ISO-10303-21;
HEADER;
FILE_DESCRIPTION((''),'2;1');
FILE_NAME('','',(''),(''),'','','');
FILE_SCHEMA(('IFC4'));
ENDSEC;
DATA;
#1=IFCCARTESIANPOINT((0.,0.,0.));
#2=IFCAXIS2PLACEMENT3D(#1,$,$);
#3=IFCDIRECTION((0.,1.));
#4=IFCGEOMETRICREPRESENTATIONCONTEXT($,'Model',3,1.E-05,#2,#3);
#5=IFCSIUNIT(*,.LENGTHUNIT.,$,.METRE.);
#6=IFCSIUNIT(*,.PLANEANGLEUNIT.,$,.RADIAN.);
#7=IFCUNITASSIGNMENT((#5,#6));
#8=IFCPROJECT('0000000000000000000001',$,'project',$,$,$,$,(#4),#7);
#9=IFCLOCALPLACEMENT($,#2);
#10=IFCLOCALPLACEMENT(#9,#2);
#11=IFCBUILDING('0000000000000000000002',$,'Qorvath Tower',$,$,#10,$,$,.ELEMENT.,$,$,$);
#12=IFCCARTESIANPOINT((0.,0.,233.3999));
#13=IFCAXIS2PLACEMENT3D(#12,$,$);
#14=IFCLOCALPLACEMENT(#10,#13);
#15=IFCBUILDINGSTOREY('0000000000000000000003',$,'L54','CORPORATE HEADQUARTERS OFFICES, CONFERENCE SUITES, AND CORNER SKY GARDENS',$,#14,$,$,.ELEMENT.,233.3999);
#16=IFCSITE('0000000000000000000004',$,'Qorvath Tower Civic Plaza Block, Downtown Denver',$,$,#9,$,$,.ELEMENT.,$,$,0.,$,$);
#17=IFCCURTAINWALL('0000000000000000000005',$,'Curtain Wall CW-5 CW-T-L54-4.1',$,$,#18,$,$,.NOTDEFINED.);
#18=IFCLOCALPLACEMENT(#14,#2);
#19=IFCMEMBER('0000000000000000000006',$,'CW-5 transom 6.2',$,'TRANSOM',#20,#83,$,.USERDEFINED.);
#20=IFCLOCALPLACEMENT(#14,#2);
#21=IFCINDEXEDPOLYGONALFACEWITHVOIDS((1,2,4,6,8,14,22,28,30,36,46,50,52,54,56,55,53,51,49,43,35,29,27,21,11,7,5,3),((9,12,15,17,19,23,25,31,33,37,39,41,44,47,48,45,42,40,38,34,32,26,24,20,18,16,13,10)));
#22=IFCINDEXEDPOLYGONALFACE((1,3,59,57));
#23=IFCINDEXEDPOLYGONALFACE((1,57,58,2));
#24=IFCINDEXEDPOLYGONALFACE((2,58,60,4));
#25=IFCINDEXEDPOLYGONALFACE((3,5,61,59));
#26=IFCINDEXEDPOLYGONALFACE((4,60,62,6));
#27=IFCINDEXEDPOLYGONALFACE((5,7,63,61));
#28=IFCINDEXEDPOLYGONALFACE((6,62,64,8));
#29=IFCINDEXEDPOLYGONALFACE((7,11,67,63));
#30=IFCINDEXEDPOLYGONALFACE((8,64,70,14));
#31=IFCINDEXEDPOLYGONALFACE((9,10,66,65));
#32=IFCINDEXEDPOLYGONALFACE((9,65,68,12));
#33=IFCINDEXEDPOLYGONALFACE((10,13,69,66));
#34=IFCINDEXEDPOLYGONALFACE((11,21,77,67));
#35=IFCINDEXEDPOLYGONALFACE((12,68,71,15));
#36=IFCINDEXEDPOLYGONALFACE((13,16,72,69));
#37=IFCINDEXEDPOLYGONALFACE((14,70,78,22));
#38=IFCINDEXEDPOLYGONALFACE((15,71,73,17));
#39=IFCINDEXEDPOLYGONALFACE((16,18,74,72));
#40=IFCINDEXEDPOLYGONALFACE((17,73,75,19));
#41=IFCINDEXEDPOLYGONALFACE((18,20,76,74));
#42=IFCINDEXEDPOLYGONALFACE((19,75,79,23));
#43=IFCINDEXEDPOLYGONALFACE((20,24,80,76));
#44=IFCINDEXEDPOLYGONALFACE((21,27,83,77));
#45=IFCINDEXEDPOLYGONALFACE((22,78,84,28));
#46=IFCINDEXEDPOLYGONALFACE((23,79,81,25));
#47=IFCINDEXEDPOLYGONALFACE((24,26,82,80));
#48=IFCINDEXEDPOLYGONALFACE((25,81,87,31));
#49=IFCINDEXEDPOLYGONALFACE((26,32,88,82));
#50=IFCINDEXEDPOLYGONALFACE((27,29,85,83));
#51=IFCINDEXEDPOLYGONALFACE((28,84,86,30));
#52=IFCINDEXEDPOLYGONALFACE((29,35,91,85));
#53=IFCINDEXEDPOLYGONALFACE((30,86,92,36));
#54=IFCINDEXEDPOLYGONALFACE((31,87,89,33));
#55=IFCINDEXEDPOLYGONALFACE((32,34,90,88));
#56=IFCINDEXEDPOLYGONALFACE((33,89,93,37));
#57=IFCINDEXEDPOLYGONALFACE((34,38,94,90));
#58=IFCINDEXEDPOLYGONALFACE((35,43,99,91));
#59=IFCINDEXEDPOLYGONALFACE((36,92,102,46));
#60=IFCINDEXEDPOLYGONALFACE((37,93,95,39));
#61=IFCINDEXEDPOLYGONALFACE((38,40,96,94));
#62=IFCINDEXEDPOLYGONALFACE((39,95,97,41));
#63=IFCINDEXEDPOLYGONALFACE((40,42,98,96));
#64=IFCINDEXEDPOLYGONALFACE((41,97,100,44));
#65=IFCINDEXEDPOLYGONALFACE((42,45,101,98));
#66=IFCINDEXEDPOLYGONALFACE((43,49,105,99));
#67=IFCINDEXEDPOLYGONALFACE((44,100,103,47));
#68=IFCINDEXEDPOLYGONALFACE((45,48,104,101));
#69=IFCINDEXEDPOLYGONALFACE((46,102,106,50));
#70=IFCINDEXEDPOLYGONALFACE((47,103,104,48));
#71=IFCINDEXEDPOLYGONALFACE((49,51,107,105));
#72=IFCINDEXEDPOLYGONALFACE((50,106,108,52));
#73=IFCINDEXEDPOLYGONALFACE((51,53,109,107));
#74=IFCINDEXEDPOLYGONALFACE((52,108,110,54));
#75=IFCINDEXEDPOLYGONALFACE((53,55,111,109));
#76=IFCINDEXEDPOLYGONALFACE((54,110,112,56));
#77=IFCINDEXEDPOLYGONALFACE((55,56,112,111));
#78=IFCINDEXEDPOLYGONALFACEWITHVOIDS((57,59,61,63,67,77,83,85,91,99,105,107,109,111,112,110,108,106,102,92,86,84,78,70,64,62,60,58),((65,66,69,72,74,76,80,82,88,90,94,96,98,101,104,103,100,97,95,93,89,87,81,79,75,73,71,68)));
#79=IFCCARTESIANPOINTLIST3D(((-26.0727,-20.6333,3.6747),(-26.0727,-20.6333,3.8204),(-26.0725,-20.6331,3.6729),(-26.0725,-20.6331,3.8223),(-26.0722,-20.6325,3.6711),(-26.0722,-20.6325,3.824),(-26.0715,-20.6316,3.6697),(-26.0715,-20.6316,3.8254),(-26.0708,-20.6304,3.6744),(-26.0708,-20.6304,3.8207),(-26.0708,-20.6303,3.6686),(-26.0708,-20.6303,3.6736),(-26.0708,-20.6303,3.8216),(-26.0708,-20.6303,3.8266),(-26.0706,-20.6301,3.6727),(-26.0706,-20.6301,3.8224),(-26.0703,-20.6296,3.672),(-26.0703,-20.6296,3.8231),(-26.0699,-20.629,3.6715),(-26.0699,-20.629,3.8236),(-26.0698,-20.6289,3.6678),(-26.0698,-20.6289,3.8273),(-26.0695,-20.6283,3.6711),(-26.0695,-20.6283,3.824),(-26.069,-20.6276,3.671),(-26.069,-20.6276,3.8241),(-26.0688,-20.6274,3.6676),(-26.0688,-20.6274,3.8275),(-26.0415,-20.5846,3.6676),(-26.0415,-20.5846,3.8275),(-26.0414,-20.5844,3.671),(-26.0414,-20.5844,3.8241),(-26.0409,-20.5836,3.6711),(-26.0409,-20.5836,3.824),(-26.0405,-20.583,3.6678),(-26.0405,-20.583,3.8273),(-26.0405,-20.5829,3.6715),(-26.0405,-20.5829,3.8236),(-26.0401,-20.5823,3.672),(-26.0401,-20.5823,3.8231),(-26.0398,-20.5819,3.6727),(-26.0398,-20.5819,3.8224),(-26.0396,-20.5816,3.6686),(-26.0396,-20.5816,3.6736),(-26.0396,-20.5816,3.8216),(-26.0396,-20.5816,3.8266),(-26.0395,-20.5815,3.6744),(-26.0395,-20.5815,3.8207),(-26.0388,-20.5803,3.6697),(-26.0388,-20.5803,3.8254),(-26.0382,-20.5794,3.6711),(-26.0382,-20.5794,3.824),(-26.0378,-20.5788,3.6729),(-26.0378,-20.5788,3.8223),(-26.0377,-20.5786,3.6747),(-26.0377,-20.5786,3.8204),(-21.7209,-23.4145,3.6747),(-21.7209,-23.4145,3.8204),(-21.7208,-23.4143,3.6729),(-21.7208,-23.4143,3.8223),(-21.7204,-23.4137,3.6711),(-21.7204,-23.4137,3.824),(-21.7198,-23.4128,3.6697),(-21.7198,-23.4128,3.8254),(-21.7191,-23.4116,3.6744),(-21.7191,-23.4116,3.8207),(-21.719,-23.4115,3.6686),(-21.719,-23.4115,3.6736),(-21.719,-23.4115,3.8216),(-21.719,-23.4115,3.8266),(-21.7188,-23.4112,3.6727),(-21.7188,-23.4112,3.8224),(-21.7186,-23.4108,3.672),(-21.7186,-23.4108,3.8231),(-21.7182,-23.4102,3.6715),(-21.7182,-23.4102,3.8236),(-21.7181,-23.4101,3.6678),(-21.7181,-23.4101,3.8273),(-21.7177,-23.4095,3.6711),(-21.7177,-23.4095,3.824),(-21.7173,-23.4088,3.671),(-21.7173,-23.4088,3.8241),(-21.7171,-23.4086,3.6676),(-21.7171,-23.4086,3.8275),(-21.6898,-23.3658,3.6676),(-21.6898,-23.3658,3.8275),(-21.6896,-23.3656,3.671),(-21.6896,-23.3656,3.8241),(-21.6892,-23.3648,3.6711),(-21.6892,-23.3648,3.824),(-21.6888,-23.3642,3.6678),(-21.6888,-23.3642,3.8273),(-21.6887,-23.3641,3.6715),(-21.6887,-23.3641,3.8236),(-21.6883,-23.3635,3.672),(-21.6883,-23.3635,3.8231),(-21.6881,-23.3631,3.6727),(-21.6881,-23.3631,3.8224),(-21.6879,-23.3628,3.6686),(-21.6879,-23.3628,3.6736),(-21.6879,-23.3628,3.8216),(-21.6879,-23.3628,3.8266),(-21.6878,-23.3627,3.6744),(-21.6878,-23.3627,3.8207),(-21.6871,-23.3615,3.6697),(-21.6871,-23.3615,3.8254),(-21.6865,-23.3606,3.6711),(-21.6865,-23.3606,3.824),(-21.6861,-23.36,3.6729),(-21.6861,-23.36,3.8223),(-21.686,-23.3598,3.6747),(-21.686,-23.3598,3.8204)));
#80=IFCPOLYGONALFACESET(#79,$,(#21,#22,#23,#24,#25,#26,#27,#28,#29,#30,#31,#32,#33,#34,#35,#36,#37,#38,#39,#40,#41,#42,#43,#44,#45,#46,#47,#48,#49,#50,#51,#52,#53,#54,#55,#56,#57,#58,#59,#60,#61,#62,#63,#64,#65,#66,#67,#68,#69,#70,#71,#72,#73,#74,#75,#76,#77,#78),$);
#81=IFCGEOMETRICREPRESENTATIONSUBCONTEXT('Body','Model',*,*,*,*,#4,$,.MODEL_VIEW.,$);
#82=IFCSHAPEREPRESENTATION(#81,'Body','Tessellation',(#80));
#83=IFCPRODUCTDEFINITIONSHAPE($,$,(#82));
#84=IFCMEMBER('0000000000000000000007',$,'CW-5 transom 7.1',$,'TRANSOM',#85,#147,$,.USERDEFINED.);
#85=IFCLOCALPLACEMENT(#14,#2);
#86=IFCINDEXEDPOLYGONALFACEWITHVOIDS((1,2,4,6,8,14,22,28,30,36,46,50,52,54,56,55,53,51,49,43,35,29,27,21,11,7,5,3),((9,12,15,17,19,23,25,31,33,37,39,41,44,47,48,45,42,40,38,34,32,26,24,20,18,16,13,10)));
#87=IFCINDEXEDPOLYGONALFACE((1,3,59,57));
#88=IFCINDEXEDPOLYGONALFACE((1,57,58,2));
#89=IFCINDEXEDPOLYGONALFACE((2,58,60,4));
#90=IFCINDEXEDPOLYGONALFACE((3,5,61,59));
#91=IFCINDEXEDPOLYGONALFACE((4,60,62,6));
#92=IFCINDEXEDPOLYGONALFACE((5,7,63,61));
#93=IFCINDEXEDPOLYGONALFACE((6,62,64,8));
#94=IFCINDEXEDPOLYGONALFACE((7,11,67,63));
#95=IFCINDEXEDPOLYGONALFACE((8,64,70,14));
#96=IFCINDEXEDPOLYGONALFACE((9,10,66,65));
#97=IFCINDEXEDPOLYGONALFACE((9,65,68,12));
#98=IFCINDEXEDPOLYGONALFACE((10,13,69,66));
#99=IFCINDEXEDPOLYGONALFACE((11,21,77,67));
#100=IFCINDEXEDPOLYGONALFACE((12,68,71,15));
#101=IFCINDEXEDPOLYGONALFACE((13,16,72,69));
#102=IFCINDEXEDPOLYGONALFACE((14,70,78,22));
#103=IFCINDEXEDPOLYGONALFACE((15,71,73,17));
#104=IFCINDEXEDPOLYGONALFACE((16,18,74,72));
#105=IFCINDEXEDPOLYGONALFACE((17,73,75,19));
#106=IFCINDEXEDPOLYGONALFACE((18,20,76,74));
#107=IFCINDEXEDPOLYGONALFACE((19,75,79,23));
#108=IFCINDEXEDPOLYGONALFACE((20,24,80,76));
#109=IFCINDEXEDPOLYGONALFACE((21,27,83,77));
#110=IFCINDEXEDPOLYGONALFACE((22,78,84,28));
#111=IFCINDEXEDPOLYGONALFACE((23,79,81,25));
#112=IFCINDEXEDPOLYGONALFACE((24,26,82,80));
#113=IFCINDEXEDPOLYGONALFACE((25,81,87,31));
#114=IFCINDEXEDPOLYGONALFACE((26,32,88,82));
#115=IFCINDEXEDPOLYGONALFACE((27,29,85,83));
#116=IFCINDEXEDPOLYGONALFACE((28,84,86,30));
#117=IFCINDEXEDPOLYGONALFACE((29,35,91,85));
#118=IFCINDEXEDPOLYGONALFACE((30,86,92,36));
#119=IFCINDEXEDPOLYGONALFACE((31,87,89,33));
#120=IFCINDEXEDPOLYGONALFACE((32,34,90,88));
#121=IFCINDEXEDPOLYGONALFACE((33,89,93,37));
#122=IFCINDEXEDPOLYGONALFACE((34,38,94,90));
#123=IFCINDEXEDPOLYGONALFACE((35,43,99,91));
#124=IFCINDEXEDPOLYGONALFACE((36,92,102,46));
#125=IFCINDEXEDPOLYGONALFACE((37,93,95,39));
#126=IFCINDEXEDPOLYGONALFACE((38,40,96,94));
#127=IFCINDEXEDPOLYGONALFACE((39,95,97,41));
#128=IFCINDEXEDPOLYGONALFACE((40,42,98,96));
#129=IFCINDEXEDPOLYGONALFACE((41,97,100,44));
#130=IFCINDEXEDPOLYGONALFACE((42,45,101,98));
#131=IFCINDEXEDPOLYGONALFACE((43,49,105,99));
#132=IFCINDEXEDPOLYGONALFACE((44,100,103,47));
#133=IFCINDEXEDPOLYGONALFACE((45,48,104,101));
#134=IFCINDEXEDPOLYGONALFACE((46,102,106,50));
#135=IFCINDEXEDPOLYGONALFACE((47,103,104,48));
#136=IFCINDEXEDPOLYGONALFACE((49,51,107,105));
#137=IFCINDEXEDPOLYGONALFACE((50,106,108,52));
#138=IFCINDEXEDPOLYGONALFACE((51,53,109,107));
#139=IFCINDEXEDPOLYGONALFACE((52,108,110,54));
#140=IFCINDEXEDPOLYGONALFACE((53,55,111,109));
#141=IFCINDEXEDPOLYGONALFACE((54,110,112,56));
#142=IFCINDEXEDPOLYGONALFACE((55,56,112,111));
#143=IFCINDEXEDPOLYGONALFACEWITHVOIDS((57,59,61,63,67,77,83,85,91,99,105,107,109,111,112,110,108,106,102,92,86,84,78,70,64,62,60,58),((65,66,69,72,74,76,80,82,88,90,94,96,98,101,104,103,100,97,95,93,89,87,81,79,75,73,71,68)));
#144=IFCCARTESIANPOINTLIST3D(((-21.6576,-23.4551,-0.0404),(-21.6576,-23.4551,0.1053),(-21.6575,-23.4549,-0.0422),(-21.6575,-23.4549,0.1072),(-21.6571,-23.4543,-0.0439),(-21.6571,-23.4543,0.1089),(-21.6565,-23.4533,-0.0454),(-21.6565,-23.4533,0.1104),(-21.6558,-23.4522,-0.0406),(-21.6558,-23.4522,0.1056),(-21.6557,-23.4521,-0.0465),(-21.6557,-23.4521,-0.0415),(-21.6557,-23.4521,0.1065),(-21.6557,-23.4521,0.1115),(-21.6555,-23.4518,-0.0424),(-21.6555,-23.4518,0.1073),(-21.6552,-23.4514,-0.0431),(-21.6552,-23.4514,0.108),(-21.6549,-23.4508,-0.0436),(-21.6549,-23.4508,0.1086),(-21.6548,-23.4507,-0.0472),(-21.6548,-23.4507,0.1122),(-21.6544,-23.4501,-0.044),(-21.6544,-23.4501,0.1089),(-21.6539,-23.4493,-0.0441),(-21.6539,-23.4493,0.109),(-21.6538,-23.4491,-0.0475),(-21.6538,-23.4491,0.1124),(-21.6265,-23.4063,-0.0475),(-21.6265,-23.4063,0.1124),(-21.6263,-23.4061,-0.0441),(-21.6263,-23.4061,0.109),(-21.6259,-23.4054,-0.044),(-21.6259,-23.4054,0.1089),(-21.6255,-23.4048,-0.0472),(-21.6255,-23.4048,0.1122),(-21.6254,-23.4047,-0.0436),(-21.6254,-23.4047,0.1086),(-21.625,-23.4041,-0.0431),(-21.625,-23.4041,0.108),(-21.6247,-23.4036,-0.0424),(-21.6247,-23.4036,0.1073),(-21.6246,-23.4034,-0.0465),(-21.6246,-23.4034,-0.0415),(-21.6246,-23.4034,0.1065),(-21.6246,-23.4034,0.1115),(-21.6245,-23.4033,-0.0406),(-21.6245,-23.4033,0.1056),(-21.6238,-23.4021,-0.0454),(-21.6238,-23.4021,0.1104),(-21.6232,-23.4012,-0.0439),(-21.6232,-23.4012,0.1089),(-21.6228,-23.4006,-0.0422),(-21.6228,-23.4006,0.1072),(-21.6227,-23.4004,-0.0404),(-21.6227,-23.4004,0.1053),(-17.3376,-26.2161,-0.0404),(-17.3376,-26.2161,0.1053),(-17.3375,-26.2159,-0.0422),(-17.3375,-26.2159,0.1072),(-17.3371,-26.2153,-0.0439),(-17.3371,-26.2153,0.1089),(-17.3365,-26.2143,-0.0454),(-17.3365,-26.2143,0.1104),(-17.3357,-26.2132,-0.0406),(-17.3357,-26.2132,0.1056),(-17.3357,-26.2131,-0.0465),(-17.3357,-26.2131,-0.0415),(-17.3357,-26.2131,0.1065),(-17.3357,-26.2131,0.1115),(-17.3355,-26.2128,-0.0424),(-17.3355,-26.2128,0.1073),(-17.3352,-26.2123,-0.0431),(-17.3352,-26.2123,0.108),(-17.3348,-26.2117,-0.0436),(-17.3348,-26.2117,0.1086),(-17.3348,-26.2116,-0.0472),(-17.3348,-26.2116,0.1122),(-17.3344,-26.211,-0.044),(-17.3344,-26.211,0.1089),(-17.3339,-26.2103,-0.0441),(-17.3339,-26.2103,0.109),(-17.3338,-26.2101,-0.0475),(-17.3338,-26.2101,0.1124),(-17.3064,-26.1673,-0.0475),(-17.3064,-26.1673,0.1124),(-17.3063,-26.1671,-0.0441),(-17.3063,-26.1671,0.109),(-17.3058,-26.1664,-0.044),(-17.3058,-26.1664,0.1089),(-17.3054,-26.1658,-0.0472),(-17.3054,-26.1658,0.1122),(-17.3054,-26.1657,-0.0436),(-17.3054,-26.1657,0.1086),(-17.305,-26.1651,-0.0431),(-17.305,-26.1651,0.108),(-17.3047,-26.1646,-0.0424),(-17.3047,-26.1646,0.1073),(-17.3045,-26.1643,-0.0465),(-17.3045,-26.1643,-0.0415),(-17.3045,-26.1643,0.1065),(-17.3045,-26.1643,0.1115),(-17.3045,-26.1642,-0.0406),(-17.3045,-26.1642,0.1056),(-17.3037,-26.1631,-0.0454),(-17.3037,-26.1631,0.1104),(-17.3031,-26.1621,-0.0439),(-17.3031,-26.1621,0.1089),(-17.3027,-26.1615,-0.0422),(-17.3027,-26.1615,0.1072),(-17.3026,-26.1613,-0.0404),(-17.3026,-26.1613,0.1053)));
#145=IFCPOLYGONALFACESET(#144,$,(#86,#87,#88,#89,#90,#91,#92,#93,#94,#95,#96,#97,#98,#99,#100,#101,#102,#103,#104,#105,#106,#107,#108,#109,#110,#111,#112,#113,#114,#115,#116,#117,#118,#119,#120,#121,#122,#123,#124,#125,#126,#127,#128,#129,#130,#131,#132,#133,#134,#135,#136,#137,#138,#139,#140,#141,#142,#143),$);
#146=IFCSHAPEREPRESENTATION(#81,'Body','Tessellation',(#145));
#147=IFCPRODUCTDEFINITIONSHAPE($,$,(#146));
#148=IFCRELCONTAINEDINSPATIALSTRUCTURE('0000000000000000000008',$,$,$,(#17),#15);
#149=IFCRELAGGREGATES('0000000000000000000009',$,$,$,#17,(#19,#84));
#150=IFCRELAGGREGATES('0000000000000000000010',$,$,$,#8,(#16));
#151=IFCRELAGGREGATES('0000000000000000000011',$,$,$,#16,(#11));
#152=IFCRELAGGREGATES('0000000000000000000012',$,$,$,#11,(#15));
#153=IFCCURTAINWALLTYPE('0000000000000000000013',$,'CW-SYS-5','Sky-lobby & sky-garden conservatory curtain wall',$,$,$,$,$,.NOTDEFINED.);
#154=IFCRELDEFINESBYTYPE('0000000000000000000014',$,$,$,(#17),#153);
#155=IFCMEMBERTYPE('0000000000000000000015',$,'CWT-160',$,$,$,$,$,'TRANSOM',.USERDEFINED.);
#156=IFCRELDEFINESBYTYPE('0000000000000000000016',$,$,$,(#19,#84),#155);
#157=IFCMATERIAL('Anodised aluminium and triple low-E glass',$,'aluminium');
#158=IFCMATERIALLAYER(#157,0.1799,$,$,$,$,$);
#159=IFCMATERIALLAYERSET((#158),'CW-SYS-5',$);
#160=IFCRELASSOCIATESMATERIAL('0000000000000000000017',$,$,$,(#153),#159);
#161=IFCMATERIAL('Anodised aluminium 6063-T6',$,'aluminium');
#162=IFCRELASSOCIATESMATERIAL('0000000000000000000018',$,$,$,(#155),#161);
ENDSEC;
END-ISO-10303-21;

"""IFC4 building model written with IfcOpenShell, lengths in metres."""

from ifc_helpers import new_model, si_unit, direction, frame, origin, origin_2d, place, context, subcontext, project, spatial, hollow_rectangle, extrude, material, layer, layer_set, material_profile, profile_set, type_object, element, aggregate, save


model = new_model("IFC4")

# Units and contexts
model_context = context("Model", 3, precision=1e-05, world=origin(), true_north=direction((0.0, 1.0)))
body_context = subcontext(model_context, "Body", "Model", "MODEL_VIEW")
ifc_project = project(units=[si_unit("LENGTHUNIT", "METRE"), si_unit("PLANEANGLEUNIT", "RADIAN")], contexts=[model_context])

# Site, building, storey
site_placement = place(None, origin())
site = spatial("IfcSite", under=ifc_project, at=site_placement, Name="Qorvath Tower Civic Plaza Block, Downtown Denver", CompositionType="ELEMENT", RefElevation=0.0)
building_placement = place(site_placement, origin())
building = spatial("IfcBuilding", under=site, at=building_placement, Name="Qorvath Tower", CompositionType="ELEMENT")
storey_placement = place(building_placement, frame((0.0, 0.0, 233.3999)))
storey = spatial("IfcBuildingStorey", under=building, at=storey_placement, Name="L54", Description="CORPORATE HEADQUARTERS OFFICES, CONFERENCE SUITES, AND CORNER SKY GARDENS", CompositionType="ELEMENT", Elevation=233.3999)

# Curtain wall, members
ifc_material_1 = material(Name="Anodised aluminium and triple low-E glass", Category="aluminium")
ifc_layer_1 = layer(ifc_material_1, 0.1799)
ifc_layer_set_1 = layer_set([ifc_layer_1], Name="CW-SYS-5")
curtain_wall_type = type_object("IfcCurtainWallType", Name="CW-SYS-5", Description="Sky-lobby & sky-garden conservatory curtain wall", PredefinedType="NOTDEFINED", material=ifc_layer_set_1)
curtain_wall_placement = place(storey_placement, origin())
curtain_wall = element("IfcCurtainWall", 1, at=curtain_wall_placement, inside=storey, type_object=curtain_wall_type, Name="Curtain Wall CW-5 CW-T-L54-4.1", PredefinedType="NOTDEFINED")
ifc_material_2 = material(Name="Anodised aluminium 6063-T6", Category="aluminium")
ifc_material_profile_1 = material_profile(ifc_material_2, hollow_rectangle(XDim=0.0649, YDim=0.1599, WallThickness=0.0034, InnerFilletRadius=0.0034, OuterFilletRadius=0.0071, at=origin_2d()), Name="CWT 160x65")
ifc_profile_set_1 = profile_set([ifc_material_profile_1], Name="Anodised aluminium 6063-T6")
member_type_1 = type_object("IfcMemberType", Name="CWT-160", ElementType="TRANSOM", PredefinedType="USERDEFINED", material=ifc_profile_set_1)
member_1_placement = place(storey_placement, frame((-26.0552, -20.606, 3.7476), z_axis=(0.842615, -0.538517, 0.0), x_axis=(0.538517, 0.842615, 0.0)))
member_1 = element("IfcMember", 2, at=member_1_placement, type_object=member_type_1, Name="CW-5 transom 6.2", ObjectType="TRANSOM", PredefinedType="USERDEFINED", context=body_context, shape_type="SweptSolid", body=[
    extrude(hollow_rectangle(XDim=0.0649, YDim=0.1599, WallThickness=0.0034, InnerFilletRadius=0.0034, OuterFilletRadius=0.0071, at=origin_2d()), origin(), (0.0, 0.0, 1.0), 5.1646),
])
member_2_placement = place(storey_placement, frame((-21.6401, -23.4277, 0.0325), z_axis=(0.842613, -0.53852, 0.0), x_axis=(0.53852, 0.842613, 0.0)))
member_2 = element("IfcMember", 3, at=member_2_placement, type_object=member_type_1, Name="CW-5 transom 7.1", ObjectType="TRANSOM", PredefinedType="USERDEFINED", context=body_context, shape_type="SweptSolid", body=[
    extrude(hollow_rectangle(XDim=0.0649, YDim=0.1599, WallThickness=0.0034, InnerFilletRadius=0.0034, OuterFilletRadius=0.0071, at=origin_2d()), origin(), (0.0, 0.0, 1.0), 5.127),
])
aggregate(curtain_wall, [member_1, member_2])

save(model, "model.ifc")
